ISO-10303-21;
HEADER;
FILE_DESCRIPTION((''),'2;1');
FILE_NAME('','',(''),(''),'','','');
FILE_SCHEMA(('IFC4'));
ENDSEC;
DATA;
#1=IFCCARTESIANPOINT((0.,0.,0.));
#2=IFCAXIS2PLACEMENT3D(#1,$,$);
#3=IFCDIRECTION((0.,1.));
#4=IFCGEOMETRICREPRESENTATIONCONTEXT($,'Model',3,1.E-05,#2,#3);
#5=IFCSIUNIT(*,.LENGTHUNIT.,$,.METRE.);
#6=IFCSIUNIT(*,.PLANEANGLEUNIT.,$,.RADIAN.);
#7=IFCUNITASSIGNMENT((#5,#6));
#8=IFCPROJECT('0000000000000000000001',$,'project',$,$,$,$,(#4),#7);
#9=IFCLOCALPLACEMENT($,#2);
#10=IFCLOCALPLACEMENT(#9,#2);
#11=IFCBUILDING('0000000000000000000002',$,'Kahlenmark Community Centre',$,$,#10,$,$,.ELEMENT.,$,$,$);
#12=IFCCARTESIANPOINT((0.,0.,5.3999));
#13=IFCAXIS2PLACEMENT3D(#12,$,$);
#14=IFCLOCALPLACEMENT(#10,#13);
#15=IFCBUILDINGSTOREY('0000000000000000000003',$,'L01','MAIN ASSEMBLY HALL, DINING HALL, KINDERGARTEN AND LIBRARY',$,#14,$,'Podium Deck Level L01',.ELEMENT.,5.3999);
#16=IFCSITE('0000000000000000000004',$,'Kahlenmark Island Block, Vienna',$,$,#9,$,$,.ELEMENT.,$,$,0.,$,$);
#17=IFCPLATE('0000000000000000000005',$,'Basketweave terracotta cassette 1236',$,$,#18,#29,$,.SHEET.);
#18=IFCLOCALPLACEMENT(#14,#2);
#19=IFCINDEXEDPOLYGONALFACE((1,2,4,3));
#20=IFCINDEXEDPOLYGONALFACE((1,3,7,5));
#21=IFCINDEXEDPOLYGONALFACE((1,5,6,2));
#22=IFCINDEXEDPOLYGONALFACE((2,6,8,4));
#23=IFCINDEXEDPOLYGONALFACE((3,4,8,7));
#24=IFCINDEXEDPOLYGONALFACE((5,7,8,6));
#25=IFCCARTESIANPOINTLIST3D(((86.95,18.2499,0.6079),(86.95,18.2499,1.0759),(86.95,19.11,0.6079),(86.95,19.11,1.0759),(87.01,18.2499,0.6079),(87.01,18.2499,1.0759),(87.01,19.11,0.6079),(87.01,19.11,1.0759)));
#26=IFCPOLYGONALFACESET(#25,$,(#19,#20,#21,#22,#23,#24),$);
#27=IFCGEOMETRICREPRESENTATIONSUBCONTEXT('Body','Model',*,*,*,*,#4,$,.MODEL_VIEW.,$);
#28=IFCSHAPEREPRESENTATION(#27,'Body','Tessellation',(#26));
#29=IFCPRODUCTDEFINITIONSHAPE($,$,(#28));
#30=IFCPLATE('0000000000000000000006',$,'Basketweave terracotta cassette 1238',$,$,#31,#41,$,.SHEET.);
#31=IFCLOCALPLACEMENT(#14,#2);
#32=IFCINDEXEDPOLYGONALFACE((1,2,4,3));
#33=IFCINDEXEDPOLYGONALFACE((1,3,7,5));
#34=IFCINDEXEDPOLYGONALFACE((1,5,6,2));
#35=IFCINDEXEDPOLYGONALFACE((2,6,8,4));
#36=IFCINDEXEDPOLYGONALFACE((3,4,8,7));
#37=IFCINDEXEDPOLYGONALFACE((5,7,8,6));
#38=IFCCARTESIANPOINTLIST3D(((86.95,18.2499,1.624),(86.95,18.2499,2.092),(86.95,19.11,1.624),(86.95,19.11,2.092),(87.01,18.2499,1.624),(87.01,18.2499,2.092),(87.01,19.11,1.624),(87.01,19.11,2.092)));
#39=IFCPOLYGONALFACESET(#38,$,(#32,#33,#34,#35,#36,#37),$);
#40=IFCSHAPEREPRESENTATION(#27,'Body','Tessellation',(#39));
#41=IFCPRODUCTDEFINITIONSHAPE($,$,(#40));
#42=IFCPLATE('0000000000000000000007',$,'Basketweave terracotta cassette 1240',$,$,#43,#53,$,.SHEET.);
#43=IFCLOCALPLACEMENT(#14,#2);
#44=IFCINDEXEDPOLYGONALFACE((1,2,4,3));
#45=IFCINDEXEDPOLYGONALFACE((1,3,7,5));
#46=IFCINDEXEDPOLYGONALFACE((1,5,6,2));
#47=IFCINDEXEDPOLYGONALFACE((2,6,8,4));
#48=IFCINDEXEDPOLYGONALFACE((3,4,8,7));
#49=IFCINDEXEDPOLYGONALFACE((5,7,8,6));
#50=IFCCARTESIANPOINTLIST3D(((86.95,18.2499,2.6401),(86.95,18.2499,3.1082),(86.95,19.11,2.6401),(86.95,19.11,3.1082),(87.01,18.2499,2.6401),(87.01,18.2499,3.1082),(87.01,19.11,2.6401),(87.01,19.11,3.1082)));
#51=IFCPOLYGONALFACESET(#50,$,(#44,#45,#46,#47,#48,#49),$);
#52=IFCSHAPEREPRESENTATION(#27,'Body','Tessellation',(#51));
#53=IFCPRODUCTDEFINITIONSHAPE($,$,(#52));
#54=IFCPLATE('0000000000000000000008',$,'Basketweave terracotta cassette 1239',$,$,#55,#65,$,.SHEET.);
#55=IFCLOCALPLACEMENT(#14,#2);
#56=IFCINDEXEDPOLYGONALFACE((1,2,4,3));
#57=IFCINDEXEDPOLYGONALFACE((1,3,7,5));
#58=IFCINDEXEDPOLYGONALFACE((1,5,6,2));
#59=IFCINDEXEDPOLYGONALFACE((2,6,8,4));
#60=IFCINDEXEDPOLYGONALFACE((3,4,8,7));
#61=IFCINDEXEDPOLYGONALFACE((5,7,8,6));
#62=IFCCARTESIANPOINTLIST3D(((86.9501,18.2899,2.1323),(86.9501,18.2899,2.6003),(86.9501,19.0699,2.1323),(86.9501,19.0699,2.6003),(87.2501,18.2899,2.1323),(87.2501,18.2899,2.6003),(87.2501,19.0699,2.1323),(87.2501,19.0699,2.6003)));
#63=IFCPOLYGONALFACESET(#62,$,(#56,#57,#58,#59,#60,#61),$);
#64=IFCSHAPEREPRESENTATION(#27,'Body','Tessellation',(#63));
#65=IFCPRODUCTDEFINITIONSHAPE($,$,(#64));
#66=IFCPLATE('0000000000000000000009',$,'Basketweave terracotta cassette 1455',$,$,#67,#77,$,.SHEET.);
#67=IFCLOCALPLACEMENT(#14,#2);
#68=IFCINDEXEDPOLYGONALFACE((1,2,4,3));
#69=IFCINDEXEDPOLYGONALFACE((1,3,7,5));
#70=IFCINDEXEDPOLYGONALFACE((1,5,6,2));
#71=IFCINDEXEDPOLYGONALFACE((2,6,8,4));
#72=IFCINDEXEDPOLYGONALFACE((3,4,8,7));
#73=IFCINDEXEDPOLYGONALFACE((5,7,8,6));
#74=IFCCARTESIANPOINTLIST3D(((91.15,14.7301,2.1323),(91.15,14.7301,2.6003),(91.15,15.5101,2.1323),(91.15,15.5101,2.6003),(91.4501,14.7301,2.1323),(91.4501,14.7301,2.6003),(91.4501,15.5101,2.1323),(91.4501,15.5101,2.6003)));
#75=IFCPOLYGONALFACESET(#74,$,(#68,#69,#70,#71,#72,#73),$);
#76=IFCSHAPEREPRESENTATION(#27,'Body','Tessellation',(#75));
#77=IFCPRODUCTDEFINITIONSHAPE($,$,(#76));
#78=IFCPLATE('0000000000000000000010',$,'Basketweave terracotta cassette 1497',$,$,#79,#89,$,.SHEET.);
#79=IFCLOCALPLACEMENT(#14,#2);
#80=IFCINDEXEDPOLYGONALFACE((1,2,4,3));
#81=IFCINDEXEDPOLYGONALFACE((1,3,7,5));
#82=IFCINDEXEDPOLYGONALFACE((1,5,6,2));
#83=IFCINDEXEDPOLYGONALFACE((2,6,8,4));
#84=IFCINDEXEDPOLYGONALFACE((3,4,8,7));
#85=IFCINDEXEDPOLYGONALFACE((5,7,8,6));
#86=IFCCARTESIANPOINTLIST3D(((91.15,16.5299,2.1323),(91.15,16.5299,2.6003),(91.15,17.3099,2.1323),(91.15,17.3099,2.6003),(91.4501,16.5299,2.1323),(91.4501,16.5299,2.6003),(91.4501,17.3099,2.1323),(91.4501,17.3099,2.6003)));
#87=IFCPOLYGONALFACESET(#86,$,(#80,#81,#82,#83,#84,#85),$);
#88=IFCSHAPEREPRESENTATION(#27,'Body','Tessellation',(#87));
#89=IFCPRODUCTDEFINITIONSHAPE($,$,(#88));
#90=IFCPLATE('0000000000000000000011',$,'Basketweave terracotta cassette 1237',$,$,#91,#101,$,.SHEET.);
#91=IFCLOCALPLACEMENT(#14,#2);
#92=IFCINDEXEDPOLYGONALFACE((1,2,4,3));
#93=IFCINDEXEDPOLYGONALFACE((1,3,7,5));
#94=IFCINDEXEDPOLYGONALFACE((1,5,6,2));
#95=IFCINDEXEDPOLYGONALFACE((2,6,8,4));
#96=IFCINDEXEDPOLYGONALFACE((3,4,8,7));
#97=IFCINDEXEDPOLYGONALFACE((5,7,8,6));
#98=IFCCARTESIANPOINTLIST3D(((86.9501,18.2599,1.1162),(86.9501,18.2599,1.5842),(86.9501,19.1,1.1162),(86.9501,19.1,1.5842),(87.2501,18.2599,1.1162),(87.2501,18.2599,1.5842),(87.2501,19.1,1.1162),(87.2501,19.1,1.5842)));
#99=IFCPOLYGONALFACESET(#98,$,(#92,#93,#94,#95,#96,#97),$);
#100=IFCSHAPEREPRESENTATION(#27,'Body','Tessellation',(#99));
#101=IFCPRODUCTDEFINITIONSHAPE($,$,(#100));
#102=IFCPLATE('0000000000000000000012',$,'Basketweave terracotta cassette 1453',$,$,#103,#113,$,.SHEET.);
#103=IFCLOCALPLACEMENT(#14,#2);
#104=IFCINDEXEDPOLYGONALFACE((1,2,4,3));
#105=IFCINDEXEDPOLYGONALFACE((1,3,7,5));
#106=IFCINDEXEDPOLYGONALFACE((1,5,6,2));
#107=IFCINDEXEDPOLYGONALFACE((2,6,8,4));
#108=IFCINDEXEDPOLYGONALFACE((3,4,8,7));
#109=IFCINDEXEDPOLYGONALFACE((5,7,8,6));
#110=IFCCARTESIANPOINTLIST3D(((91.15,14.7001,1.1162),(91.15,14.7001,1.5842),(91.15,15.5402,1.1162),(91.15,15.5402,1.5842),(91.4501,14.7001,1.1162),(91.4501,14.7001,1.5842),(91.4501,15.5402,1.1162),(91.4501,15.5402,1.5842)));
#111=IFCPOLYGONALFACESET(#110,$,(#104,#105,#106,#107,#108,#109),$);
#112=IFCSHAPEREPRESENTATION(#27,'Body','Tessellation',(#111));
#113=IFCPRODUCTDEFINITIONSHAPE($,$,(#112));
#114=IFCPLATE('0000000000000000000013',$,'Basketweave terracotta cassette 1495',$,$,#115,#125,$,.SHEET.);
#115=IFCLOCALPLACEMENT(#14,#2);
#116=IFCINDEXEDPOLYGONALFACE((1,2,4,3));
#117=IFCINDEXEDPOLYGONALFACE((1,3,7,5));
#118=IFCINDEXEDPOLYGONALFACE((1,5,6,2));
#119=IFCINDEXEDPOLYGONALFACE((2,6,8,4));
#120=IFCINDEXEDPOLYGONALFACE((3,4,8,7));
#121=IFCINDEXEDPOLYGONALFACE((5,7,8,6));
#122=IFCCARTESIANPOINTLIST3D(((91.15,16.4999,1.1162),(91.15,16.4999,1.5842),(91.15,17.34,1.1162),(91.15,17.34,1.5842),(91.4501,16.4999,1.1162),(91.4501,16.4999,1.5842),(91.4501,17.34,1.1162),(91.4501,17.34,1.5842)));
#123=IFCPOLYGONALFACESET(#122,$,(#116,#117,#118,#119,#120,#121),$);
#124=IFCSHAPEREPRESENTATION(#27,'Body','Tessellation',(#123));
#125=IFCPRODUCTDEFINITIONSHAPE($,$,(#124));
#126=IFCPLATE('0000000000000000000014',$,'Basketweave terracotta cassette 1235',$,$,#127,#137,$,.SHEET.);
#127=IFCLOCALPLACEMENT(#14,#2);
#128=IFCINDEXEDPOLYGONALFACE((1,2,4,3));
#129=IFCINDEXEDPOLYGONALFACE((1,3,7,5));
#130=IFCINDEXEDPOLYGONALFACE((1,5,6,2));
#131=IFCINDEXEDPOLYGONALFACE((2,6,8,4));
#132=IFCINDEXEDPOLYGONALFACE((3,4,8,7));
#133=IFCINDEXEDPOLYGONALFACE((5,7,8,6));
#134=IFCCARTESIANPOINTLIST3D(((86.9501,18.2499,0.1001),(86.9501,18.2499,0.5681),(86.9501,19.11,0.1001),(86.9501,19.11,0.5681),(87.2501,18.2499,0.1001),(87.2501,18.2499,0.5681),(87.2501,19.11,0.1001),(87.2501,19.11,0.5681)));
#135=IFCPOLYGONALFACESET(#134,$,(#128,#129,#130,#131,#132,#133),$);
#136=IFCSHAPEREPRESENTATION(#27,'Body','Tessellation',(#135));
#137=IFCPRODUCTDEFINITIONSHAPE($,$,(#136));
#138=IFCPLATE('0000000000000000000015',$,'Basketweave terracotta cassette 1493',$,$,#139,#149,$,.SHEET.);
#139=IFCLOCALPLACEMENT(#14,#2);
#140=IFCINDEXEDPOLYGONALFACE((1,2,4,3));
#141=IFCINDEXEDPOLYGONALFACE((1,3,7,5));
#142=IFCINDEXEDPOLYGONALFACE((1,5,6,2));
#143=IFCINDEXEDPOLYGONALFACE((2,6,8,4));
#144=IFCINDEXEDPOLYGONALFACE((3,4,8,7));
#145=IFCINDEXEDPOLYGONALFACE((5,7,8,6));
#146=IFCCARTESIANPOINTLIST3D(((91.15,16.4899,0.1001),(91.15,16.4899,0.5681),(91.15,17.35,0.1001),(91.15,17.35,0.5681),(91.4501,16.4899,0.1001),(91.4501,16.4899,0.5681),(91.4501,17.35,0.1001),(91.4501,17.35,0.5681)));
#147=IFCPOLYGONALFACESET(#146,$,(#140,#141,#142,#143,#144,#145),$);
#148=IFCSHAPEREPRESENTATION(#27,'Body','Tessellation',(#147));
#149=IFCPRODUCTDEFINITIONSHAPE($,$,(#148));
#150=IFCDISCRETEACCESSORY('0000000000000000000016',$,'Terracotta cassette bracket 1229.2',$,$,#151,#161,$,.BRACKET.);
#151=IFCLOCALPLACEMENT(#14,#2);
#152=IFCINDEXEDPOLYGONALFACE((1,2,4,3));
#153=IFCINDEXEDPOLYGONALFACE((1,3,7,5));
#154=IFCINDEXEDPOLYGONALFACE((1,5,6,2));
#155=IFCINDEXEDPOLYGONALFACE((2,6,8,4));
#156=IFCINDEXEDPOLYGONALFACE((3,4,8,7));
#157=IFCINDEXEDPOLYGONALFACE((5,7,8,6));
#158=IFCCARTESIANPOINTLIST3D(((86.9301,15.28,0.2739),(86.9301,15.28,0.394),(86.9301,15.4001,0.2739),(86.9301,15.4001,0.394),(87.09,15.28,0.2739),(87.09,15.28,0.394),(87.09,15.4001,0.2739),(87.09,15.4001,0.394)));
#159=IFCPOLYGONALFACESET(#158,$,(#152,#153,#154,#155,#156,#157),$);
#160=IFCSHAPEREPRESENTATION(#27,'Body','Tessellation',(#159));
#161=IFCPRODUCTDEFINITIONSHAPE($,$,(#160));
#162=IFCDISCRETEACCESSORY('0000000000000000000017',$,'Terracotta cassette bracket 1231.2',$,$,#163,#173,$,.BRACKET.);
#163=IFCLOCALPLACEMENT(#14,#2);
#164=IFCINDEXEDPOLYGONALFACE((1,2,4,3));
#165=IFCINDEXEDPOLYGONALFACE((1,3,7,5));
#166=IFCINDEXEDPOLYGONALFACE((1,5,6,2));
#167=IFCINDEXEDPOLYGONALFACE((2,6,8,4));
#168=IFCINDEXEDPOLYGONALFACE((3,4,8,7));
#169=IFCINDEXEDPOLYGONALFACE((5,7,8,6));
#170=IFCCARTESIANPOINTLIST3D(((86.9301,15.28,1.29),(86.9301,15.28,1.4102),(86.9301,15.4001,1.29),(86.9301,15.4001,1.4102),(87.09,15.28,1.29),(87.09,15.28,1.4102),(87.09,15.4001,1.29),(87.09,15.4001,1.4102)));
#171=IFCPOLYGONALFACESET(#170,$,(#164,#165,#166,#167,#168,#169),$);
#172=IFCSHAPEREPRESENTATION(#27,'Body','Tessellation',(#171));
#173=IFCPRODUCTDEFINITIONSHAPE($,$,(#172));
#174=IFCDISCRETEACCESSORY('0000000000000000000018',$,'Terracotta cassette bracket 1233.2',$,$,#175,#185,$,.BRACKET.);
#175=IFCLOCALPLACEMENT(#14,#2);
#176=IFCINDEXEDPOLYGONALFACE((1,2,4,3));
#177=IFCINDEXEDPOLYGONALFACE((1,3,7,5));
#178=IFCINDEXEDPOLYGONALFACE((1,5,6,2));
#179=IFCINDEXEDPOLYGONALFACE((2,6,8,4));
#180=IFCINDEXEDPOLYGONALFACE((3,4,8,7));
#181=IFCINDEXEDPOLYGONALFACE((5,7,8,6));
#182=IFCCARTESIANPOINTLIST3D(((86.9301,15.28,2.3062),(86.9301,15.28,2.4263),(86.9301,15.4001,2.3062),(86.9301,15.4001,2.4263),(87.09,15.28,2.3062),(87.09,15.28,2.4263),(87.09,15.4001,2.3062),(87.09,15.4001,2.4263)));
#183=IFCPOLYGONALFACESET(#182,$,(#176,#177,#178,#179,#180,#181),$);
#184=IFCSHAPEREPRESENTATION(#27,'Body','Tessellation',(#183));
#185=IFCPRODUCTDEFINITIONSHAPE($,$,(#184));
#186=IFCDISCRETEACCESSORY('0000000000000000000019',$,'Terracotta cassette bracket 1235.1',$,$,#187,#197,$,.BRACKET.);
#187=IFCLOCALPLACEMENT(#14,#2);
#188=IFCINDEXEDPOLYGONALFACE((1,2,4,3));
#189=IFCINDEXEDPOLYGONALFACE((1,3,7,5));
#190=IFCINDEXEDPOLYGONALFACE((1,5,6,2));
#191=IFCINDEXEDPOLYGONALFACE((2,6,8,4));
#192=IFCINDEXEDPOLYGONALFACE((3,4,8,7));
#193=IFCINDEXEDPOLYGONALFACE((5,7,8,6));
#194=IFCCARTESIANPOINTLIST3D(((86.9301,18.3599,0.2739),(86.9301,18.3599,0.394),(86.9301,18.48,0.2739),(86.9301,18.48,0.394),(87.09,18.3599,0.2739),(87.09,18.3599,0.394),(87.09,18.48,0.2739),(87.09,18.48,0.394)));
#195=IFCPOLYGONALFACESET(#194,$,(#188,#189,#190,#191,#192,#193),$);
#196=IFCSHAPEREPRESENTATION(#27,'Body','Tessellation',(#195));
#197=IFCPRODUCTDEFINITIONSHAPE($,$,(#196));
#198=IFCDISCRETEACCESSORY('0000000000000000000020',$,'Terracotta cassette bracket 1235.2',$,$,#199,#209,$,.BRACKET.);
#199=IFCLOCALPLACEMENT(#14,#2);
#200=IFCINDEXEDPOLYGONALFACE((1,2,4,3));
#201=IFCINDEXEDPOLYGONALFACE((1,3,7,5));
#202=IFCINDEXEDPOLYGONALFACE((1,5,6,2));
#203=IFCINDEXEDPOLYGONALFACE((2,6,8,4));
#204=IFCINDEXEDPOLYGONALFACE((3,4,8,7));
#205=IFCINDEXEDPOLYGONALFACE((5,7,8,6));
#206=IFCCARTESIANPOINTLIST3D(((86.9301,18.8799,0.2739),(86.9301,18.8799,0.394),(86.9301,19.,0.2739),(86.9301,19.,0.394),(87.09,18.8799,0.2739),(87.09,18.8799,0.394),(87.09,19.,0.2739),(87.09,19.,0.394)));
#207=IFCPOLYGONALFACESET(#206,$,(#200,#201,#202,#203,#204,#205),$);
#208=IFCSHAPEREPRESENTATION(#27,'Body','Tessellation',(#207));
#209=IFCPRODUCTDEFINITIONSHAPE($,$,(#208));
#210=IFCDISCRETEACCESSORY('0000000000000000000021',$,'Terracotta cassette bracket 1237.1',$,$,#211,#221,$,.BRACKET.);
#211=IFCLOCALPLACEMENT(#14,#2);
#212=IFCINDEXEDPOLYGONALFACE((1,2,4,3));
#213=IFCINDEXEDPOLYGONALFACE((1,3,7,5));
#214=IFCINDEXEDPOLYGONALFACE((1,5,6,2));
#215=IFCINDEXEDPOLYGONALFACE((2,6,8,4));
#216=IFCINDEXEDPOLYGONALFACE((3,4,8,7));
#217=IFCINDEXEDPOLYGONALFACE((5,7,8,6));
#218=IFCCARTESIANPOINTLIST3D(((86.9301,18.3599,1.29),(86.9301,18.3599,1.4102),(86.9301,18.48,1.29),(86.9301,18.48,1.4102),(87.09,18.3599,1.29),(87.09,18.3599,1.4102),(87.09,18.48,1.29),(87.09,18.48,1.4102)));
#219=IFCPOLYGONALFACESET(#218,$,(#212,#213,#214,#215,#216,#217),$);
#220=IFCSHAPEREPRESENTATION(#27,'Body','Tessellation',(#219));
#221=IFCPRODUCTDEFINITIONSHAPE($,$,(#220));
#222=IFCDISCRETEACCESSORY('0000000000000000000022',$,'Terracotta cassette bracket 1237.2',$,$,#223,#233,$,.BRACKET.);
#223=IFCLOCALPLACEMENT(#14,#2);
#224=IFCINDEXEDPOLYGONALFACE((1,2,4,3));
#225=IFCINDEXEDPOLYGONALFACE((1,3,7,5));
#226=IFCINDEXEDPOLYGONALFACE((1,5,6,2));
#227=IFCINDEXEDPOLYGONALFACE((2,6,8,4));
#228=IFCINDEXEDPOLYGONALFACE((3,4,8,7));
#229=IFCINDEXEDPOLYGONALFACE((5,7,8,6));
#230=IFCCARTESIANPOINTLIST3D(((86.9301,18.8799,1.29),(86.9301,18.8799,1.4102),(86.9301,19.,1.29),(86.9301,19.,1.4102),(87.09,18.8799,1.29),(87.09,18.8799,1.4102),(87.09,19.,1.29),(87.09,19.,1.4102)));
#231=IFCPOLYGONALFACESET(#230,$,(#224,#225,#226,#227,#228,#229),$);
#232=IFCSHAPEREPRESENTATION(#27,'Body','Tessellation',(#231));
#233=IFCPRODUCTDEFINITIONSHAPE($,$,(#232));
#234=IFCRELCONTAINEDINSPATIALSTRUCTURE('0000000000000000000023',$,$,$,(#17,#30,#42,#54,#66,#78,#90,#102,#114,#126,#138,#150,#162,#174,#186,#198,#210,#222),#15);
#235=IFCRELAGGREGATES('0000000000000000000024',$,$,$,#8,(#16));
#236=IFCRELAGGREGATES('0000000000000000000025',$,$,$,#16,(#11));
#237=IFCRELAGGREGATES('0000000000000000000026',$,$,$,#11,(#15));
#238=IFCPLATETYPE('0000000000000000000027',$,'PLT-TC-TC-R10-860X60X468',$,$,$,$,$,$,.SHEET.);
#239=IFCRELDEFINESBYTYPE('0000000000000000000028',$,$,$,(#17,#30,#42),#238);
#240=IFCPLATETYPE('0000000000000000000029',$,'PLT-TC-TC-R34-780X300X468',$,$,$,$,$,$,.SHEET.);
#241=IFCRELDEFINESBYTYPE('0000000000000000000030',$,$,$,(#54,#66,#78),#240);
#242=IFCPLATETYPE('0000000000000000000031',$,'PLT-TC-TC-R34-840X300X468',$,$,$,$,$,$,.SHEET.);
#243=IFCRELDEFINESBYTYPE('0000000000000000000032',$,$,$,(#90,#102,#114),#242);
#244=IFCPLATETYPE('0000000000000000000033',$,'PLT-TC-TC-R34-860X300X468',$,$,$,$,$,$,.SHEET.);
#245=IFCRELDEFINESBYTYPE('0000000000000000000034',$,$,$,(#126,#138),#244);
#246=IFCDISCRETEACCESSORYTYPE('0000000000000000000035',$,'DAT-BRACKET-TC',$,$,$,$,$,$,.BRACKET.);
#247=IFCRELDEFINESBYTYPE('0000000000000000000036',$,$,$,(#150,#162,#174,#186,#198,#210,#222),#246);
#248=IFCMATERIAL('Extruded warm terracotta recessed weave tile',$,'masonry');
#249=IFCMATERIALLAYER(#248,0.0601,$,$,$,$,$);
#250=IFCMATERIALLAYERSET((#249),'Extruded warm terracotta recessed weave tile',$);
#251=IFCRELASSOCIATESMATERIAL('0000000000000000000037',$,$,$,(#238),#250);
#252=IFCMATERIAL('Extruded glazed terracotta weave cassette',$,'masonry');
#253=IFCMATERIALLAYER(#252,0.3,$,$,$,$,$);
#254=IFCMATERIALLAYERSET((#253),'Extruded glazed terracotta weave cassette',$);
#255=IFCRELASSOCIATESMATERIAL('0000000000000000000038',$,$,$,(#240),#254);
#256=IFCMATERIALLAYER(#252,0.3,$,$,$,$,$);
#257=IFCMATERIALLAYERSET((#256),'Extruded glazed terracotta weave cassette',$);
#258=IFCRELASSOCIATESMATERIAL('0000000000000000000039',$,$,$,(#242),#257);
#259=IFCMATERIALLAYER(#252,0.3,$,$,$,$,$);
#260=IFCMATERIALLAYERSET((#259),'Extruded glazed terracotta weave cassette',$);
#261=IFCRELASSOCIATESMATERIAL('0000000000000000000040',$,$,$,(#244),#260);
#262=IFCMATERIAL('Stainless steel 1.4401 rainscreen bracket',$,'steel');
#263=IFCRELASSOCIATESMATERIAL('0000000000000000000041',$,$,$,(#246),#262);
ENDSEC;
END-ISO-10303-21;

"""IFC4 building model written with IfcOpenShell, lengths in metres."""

from ifc_helpers import new_model, si_unit, direction, frame, origin, origin_2d, place, context, subcontext, project, spatial, rectangle, extrude, material, layer, layer_set, type_object, element, save


model = new_model("IFC4")

# Units and contexts
model_context = context("Model", 3, precision=1e-05, world=origin(), true_north=direction((0.0, 1.0)))
body_context = subcontext(model_context, "Body", "Model", "MODEL_VIEW")
ifc_project = project(units=[si_unit("LENGTHUNIT", "METRE"), si_unit("PLANEANGLEUNIT", "RADIAN")], contexts=[model_context])

# Site, building, storey
site_placement = place(None, origin())
site = spatial("IfcSite", under=ifc_project, at=site_placement, Name="Kahlenmark Island Block, Vienna", CompositionType="ELEMENT", RefElevation=0.0)
building_placement = place(site_placement, origin())
building = spatial("IfcBuilding", under=site, at=building_placement, Name="Kahlenmark Community Centre", CompositionType="ELEMENT")
storey_placement = place(building_placement, frame((0.0, 0.0, 5.3999)))
storey = spatial("IfcBuildingStorey", under=building, at=storey_placement, Name="L01", Description="MAIN ASSEMBLY HALL, DINING HALL, KINDERGARTEN AND LIBRARY", LongName="Podium Deck Level L01", CompositionType="ELEMENT", Elevation=5.3999)

# Plates
ifc_material_1 = material(Name="Extruded warm terracotta recessed weave tile", Category="masonry")
ifc_layer_1 = layer(ifc_material_1, 0.0601)
ifc_layer_set_1 = layer_set([ifc_layer_1], Name="Extruded warm terracotta recessed weave tile")
plate_type_1 = type_object("IfcPlateType", Name="PLT-TC-TC-R10-860X60X468", PredefinedType="SHEET", material=ifc_layer_set_1)
for number, where, z_axis, x_axis, name in (
    (1, (86.98, 18.6799, 0.6079), (0.0, 0.0, 1.0), (0.0, 1.0, 0.0), "Basketweave terracotta cassette 1236"),
    (2, (86.98, 18.6799, 1.624), (0.0, 0.0, 1.0), (0.0, 1.0, 0.0), "Basketweave terracotta cassette 1238"),
    (3, (86.98, 18.6799, 2.6401), (0.0, 0.0, 1.0), (0.0, 1.0, 0.0), "Basketweave terracotta cassette 1240"),
):
    element("IfcPlate", number, at=place(storey_placement, frame(where, z_axis=z_axis, x_axis=x_axis)), inside=storey, type_object=plate_type_1, Name=name, PredefinedType="SHEET", context=body_context, shape_type="SweptSolid", body=[
        extrude(rectangle(XDim=0.8601, YDim=0.0601, at=origin_2d()), origin(), (0.0, 0.0, 1.0), 0.468),
    ])
ifc_material_2 = material(Name="Extruded glazed terracotta weave cassette", Category="masonry")
ifc_layer_2 = layer(ifc_material_2, 0.3)
ifc_layer_set_2 = layer_set([ifc_layer_2], Name="Extruded glazed terracotta weave cassette")
plate_type_2 = type_object("IfcPlateType", Name="PLT-TC-TC-R34-780X300X468", PredefinedType="SHEET", material=ifc_layer_set_2)
for number, where, z_axis, x_axis, name in (
    (4, (87.1001, 18.6799, 2.1323), (0.0, 0.0, 1.0), (0.0, 1.0, 0.0), "Basketweave terracotta cassette 1239"),
    (5, (91.3, 15.1201, 2.1323), (0.0, 0.0, 1.0), (0.0, -1.0, 0.0), "Basketweave terracotta cassette 1455"),
    (6, (91.3, 16.9199, 2.1323), (0.0, 0.0, 1.0), (0.0, -1.0, 0.0), "Basketweave terracotta cassette 1497"),
):
    element("IfcPlate", number, at=place(storey_placement, frame(where, z_axis=z_axis, x_axis=x_axis)), inside=storey, type_object=plate_type_2, Name=name, PredefinedType="SHEET", context=body_context, shape_type="SweptSolid", body=[
        extrude(rectangle(XDim=0.78, YDim=0.3, at=origin_2d()), origin(), (0.0, 0.0, 1.0), 0.468),
    ])
ifc_layer_3 = layer(ifc_material_2, 0.3)
ifc_layer_set_3 = layer_set([ifc_layer_3], Name="Extruded glazed terracotta weave cassette")
plate_type_3 = type_object("IfcPlateType", Name="PLT-TC-TC-R34-840X300X468", PredefinedType="SHEET", material=ifc_layer_set_3)
for number, where, z_axis, x_axis, name in (
    (7, (87.1001, 18.6799, 1.1162), (0.0, 0.0, 1.0), (0.0, 1.0, 0.0), "Basketweave terracotta cassette 1237"),
    (8, (91.3, 15.1201, 1.1162), (0.0, 0.0, 1.0), (0.0, -1.0, 0.0), "Basketweave terracotta cassette 1453"),
    (9, (91.3, 16.9199, 1.1162), (0.0, 0.0, 1.0), (0.0, -1.0, 0.0), "Basketweave terracotta cassette 1495"),
):
    element("IfcPlate", number, at=place(storey_placement, frame(where, z_axis=z_axis, x_axis=x_axis)), inside=storey, type_object=plate_type_3, Name=name, PredefinedType="SHEET", context=body_context, shape_type="SweptSolid", body=[
        extrude(rectangle(XDim=0.8401, YDim=0.3, at=origin_2d()), origin(), (0.0, 0.0, 1.0), 0.468),
    ])
ifc_layer_4 = layer(ifc_material_2, 0.3)
ifc_layer_set_4 = layer_set([ifc_layer_4], Name="Extruded glazed terracotta weave cassette")
plate_type_4 = type_object("IfcPlateType", Name="PLT-TC-TC-R34-860X300X468", PredefinedType="SHEET", material=ifc_layer_set_4)
for number, where, z_axis, x_axis, name in (
    (10, (87.1001, 18.6799, 0.1001), (0.0, 0.0, 1.0), (0.0, 1.0, 0.0), "Basketweave terracotta cassette 1235"),
    (11, (91.3, 16.9199, 0.1001), (0.0, 0.0, 1.0), (0.0, -1.0, 0.0), "Basketweave terracotta cassette 1493"),
):
    element("IfcPlate", number, at=place(storey_placement, frame(where, z_axis=z_axis, x_axis=x_axis)), inside=storey, type_object=plate_type_4, Name=name, PredefinedType="SHEET", context=body_context, shape_type="SweptSolid", body=[
        extrude(rectangle(XDim=0.8601, YDim=0.3, at=origin_2d()), origin(), (0.0, 0.0, 1.0), 0.468),
    ])

# Discrete accessories
ifc_material_3 = material(Name="Stainless steel 1.4401 rainscreen bracket", Category="steel")
discrete_accessory_type = type_object("IfcDiscreteAccessoryType", Name="DAT-BRACKET-TC", PredefinedType="BRACKET", material=ifc_material_3)
for number, where, z_axis, x_axis, name in (
    (12, (87.01, 15.3401, 0.2739), (0.0, 0.0, 1.0), (0.0, 1.0, 0.0), "Terracotta cassette bracket 1229.2"),
    (13, (87.01, 15.3401, 1.29), (0.0, 0.0, 1.0), (0.0, 1.0, 0.0), "Terracotta cassette bracket 1231.2"),
    (14, (87.01, 15.3401, 2.3062), (0.0, 0.0, 1.0), (0.0, 1.0, 0.0), "Terracotta cassette bracket 1233.2"),
    (15, (87.01, 18.4199, 0.2739), (0.0, 0.0, 1.0), (0.0, 1.0, 0.0), "Terracotta cassette bracket 1235.1"),
    (16, (87.01, 18.9399, 0.2739), (0.0, 0.0, 1.0), (0.0, 1.0, 0.0), "Terracotta cassette bracket 1235.2"),
    (17, (87.01, 18.4199, 1.29), (0.0, 0.0, 1.0), (0.0, 1.0, 0.0), "Terracotta cassette bracket 1237.1"),
    (18, (87.01, 18.9399, 1.29), (0.0, 0.0, 1.0), (0.0, 1.0, 0.0), "Terracotta cassette bracket 1237.2"),
):
    element("IfcDiscreteAccessory", number, at=place(storey_placement, frame(where, z_axis=z_axis, x_axis=x_axis)), inside=storey, type_object=discrete_accessory_type, Name=name, PredefinedType="BRACKET", context=body_context, shape_type="SweptSolid", body=[
        extrude(rectangle(XDim=0.1201, YDim=0.1599, at=origin_2d()), origin(), (0.0, 0.0, 1.0), 0.1201),
    ])

save(model, "model.ifc")
